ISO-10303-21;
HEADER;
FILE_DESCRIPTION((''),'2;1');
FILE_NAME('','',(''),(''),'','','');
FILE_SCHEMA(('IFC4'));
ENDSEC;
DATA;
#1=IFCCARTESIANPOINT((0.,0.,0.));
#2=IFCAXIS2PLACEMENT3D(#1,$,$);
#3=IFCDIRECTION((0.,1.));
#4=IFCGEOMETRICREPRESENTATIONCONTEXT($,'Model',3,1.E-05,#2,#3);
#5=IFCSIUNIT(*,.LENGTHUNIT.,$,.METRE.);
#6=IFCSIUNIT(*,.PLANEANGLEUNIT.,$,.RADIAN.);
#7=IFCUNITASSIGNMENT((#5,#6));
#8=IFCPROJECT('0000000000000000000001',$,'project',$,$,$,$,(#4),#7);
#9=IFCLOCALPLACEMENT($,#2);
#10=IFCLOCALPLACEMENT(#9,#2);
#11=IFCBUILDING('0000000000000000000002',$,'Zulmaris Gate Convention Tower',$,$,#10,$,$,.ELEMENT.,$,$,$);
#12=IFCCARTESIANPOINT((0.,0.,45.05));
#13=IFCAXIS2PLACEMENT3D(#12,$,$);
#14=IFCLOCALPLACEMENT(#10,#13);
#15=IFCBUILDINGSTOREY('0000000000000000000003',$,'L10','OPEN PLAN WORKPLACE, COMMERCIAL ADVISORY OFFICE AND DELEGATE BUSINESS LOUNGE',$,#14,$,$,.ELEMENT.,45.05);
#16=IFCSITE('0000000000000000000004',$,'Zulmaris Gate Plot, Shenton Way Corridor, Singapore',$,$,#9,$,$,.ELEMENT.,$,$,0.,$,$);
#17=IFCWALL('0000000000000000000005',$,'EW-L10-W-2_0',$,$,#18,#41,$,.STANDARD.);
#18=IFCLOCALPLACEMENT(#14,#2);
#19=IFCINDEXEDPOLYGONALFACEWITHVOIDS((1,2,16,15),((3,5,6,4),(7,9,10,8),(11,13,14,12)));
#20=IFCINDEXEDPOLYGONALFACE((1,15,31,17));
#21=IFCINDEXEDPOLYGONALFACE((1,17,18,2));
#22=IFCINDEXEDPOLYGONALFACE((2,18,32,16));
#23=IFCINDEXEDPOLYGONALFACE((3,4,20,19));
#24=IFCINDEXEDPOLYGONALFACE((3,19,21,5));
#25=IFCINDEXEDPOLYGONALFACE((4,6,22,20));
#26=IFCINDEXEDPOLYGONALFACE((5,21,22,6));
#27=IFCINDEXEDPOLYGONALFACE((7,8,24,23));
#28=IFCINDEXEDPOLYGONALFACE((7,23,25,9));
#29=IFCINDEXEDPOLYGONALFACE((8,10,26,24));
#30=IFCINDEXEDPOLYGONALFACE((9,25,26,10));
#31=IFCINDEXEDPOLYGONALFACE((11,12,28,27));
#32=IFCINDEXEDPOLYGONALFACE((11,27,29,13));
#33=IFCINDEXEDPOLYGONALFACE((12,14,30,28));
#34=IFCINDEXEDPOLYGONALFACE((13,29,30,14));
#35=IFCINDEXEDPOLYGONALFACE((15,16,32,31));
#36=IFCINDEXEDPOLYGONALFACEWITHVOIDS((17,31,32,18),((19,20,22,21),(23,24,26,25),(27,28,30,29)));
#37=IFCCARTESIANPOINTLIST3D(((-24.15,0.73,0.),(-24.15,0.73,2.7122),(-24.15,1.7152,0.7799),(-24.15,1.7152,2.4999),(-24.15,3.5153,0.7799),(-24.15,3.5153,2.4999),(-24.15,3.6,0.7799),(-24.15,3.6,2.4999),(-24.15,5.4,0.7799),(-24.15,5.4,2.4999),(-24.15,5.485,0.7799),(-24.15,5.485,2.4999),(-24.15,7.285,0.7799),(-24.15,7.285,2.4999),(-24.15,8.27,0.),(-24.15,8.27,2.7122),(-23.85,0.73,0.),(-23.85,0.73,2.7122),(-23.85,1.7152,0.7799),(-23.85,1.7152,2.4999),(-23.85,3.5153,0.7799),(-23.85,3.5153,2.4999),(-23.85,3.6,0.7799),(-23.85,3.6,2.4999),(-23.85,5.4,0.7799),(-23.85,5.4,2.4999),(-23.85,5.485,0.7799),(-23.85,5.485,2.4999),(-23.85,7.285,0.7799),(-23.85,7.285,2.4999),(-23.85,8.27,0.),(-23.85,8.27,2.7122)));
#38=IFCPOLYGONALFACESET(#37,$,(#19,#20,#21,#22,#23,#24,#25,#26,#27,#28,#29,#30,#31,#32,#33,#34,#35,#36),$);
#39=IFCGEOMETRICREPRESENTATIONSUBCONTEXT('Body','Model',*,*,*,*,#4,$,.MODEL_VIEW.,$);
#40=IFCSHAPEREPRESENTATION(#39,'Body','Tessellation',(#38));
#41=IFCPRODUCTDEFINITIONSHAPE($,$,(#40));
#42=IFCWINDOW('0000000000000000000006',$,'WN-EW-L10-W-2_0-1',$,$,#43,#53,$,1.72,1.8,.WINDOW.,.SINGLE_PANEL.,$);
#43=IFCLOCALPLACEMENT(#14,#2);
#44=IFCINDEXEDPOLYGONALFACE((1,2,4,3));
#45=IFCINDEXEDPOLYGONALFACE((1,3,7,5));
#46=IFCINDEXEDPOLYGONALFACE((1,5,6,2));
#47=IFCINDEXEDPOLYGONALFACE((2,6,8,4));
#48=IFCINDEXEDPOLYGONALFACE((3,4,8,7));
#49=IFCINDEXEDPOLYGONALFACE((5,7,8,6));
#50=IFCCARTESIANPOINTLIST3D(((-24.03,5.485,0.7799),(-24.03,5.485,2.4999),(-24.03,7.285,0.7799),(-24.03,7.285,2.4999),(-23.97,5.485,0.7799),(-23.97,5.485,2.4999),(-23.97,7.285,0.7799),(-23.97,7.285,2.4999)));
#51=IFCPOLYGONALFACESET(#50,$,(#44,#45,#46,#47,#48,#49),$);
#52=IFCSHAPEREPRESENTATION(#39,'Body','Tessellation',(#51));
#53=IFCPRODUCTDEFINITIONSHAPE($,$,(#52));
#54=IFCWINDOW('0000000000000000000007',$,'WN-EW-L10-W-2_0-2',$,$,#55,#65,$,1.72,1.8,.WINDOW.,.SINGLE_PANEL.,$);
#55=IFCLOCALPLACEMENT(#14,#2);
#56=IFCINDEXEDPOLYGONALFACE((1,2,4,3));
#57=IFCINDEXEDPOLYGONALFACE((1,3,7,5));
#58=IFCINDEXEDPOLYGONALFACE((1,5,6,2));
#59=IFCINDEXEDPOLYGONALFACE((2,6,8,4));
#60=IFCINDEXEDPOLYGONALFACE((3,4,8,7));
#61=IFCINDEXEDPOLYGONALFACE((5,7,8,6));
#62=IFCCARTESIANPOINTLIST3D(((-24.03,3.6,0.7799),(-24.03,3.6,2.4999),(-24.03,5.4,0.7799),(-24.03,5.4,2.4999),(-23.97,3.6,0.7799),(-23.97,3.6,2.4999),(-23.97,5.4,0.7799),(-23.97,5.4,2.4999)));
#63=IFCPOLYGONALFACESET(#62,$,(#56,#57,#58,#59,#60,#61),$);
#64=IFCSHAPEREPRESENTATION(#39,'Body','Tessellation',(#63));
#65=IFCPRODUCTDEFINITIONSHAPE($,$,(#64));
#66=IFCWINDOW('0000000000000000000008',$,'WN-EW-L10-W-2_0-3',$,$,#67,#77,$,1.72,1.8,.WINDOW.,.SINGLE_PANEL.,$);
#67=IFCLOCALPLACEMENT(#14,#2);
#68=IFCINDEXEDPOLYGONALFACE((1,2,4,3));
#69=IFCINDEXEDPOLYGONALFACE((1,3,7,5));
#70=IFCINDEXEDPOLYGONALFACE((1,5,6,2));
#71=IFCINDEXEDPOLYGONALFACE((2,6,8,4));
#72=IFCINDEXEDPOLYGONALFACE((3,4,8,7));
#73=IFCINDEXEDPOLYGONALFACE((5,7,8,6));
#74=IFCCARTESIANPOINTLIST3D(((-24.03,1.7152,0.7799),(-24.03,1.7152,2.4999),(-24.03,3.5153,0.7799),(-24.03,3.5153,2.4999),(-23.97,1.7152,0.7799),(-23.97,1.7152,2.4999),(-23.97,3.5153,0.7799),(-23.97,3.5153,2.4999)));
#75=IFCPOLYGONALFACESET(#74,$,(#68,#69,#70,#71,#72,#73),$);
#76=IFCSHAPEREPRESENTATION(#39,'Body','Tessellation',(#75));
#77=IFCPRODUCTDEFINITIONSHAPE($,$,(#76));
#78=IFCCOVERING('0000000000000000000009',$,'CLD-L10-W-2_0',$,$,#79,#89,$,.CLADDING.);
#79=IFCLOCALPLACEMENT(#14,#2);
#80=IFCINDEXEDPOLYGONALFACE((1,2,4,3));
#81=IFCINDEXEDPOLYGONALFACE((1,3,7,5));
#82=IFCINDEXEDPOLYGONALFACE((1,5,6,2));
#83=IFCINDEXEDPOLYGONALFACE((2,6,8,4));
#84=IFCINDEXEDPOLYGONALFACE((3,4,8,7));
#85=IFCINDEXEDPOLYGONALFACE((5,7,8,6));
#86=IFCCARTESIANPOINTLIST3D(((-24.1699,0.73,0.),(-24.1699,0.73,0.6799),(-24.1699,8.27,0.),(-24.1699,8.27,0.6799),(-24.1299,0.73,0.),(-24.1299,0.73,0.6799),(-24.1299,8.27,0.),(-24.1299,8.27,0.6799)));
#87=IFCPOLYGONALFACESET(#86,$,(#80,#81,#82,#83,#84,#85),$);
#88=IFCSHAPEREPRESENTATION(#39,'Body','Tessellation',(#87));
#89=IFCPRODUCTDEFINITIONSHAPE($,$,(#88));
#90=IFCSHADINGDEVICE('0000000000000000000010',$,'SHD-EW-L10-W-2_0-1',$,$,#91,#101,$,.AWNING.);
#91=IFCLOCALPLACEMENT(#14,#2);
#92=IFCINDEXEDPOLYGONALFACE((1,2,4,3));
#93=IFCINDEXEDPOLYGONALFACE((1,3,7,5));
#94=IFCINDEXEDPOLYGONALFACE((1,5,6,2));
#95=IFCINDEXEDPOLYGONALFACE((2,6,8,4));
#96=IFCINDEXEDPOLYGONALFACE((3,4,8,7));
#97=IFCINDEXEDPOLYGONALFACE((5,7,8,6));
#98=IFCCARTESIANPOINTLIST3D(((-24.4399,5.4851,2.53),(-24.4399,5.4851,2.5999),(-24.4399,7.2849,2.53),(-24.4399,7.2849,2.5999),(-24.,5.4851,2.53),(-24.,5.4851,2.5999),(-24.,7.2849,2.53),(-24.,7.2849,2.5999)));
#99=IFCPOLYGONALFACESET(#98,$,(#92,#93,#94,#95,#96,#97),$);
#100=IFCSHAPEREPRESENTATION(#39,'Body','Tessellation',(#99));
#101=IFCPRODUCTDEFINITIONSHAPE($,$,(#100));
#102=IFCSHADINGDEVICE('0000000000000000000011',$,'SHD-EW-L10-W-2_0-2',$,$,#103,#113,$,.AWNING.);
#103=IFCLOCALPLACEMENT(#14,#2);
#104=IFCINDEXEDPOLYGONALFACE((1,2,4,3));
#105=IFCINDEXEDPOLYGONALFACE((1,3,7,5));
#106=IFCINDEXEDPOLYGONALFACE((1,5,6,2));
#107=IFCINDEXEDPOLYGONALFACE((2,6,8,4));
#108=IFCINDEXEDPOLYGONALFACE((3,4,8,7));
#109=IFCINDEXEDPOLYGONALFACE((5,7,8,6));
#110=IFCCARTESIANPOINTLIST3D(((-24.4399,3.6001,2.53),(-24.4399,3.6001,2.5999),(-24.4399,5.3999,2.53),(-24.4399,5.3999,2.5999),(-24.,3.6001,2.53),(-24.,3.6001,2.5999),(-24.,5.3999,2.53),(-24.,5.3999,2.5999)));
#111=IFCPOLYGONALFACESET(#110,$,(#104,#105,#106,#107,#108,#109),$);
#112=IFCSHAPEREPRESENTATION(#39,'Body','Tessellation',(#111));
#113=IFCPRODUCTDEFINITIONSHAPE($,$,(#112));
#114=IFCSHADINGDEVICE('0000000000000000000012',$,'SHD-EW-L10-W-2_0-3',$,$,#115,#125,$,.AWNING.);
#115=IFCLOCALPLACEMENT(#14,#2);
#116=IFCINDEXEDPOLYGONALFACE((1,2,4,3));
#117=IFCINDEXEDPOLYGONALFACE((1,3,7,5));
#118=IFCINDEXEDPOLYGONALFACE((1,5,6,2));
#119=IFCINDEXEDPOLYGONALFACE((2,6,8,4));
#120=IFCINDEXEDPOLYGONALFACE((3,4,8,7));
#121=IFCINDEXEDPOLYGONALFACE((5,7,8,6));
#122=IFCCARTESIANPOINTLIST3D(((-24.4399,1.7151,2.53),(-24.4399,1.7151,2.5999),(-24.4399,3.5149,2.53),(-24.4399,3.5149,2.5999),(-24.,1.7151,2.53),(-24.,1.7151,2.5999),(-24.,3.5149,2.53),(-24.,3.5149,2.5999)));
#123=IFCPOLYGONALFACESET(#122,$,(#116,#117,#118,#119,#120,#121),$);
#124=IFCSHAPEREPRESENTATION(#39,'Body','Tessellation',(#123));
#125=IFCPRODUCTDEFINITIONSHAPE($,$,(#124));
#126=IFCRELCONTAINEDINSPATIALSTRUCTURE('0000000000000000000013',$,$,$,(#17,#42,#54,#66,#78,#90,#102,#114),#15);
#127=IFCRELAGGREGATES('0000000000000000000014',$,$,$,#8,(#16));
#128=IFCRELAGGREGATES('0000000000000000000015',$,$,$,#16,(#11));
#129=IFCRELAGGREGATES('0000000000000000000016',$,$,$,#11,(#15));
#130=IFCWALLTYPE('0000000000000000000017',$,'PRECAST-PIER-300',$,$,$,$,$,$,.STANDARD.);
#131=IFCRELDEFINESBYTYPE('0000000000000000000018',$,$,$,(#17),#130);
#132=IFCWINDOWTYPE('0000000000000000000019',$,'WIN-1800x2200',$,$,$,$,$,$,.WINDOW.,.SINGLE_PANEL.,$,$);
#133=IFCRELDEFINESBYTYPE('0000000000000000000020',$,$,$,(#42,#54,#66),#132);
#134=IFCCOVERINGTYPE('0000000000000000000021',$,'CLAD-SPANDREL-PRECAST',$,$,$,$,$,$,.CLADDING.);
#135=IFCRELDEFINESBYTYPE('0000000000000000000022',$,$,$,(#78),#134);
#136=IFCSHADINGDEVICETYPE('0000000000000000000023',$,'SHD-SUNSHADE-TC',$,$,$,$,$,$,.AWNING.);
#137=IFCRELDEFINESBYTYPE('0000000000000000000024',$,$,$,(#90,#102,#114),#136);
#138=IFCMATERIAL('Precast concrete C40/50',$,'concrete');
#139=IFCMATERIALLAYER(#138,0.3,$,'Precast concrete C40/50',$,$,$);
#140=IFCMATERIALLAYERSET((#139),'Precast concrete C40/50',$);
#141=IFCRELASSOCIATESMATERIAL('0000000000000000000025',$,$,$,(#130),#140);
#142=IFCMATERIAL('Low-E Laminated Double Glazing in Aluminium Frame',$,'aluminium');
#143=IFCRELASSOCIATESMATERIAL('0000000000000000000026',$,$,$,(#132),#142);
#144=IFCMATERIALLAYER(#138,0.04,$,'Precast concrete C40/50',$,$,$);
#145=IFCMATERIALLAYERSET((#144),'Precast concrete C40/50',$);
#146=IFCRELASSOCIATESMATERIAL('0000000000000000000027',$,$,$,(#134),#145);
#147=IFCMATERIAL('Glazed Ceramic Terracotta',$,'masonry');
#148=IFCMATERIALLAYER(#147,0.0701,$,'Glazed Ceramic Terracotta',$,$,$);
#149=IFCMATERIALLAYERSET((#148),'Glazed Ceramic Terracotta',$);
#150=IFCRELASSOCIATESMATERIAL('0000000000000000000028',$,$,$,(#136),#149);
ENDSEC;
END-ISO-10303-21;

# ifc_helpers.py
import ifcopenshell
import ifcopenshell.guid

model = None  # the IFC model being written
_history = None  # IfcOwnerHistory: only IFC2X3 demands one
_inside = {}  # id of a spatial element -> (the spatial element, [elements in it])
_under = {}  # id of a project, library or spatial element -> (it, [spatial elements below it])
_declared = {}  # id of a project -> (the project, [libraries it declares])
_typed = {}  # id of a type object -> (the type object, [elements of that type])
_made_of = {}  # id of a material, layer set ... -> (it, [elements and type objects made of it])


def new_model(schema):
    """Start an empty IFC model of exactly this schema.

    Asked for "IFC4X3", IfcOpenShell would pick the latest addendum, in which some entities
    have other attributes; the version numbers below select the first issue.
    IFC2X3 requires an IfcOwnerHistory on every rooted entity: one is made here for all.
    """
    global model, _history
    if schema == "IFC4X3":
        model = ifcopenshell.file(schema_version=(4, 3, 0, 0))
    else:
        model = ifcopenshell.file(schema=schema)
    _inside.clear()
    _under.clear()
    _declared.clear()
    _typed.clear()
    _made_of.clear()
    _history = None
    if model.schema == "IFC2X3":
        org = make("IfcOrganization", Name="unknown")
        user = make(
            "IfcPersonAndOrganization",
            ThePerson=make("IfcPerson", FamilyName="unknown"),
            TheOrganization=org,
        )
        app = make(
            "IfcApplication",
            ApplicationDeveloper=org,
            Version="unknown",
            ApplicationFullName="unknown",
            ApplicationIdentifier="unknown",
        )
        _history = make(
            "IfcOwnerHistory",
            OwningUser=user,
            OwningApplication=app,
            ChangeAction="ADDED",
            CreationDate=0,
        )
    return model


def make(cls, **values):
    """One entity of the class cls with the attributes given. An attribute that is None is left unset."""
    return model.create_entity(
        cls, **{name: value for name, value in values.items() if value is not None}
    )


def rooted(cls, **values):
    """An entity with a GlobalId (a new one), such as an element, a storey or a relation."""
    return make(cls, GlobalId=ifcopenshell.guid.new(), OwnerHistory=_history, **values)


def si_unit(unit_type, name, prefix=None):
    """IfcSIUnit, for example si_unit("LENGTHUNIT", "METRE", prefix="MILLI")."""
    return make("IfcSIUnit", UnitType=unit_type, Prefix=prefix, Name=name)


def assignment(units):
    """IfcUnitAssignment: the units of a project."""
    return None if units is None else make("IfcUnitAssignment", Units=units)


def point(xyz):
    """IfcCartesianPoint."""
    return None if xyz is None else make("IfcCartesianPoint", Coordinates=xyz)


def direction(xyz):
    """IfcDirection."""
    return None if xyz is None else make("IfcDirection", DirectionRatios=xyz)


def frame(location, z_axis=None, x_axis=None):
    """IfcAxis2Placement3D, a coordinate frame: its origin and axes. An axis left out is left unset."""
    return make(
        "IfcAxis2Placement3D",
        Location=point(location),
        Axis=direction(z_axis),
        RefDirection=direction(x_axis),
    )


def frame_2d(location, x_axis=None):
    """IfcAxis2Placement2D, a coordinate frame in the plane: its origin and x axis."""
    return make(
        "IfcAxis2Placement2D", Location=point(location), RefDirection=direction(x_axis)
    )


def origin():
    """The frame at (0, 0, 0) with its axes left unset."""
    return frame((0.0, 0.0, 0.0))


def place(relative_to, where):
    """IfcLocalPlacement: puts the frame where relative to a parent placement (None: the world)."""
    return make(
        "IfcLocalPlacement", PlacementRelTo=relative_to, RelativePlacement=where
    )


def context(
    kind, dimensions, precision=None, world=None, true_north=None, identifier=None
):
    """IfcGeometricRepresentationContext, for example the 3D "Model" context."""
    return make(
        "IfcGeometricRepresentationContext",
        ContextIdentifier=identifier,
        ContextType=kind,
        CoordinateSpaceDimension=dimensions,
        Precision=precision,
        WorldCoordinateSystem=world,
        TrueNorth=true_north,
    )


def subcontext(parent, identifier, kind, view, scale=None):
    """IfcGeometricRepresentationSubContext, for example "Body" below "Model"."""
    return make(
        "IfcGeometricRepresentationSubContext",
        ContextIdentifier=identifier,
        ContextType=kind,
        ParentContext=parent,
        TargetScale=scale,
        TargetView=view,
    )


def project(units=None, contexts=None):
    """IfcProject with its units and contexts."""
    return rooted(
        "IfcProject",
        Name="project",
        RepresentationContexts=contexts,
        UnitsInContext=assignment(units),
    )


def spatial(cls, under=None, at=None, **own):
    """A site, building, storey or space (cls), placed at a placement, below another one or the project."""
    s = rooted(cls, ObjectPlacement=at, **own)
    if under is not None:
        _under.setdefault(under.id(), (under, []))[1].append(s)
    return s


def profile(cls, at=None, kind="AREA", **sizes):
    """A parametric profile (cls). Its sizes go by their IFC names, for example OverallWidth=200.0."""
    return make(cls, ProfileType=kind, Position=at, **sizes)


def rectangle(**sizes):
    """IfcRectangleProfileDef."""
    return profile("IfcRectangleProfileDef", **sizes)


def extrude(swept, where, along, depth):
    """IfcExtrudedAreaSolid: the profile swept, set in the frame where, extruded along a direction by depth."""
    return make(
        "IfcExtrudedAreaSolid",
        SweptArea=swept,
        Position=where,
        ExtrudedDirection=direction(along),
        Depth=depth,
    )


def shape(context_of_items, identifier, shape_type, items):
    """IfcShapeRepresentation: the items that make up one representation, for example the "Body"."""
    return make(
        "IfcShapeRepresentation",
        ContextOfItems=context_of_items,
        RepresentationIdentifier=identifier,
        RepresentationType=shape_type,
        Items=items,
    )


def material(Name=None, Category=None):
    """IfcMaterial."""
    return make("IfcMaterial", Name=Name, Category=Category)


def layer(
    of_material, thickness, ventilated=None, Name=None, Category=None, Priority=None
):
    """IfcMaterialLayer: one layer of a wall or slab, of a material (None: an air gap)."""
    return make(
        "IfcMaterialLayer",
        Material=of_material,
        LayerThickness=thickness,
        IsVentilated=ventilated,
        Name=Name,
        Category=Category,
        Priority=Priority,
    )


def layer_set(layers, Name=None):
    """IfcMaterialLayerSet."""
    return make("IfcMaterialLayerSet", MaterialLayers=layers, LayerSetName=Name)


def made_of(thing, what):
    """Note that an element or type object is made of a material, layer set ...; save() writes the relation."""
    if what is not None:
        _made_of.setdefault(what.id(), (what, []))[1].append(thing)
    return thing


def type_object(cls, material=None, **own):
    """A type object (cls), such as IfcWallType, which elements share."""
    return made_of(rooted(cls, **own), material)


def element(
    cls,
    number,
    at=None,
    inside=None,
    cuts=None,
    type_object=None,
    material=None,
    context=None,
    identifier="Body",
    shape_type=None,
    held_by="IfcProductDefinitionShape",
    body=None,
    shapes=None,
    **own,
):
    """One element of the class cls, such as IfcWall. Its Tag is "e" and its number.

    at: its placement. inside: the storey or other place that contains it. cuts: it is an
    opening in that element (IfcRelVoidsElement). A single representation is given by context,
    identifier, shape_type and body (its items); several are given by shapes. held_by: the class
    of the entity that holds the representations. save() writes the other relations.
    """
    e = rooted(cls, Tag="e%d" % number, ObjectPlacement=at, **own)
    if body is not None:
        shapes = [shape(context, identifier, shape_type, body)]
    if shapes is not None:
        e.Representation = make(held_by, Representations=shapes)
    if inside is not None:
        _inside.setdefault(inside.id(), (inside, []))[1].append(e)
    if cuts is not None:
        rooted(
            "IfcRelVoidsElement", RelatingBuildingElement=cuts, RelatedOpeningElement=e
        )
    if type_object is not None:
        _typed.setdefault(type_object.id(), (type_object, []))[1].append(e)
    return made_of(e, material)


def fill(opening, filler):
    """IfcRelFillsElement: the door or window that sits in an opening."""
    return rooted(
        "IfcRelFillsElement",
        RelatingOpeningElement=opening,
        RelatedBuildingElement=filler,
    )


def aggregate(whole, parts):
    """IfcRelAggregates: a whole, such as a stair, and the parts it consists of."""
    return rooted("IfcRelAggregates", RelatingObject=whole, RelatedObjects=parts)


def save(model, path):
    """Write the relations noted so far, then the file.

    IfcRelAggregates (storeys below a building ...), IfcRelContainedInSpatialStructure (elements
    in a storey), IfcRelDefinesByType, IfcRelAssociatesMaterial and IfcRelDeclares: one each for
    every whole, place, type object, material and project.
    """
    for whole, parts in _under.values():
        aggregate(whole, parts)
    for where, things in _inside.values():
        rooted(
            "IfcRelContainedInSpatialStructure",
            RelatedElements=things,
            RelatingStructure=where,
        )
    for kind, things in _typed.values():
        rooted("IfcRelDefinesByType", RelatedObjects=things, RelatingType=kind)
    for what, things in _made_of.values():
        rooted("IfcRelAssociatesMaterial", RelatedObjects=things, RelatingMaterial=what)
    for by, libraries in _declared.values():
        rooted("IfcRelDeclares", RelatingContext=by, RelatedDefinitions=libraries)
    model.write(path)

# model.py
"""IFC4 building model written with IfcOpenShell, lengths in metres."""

from ifc_helpers import new_model, si_unit, direction, frame, frame_2d, origin, place, context, subcontext, project, spatial, rectangle, extrude, material, layer, layer_set, type_object, element, fill, save


model = new_model("IFC4")

# Units and contexts
model_context = context("Model", 3, precision=1e-05, world=origin(), true_north=direction((0.0, 1.0)))
body_context = subcontext(model_context, "Body", "Model", "MODEL_VIEW")
ifc_project = project(units=[si_unit("LENGTHUNIT", "METRE"), si_unit("PLANEANGLEUNIT", "RADIAN")], contexts=[model_context])

# Site, building, storey
site_placement = place(None, origin())
site = spatial("IfcSite", under=ifc_project, at=site_placement, Name="Zulmaris Gate Plot, Shenton Way Corridor, Singapore", CompositionType="ELEMENT", RefElevation=0.0)
building_placement = place(site_placement, origin())
building = spatial("IfcBuilding", under=site, at=building_placement, Name="Zulmaris Gate Convention Tower", CompositionType="ELEMENT")
storey_placement = place(building_placement, frame((0.0, 0.0, 45.05)))
storey = spatial("IfcBuildingStorey", under=building, at=storey_placement, Name="L10", Description="OPEN PLAN WORKPLACE, COMMERCIAL ADVISORY OFFICE AND DELEGATE BUSINESS LOUNGE", CompositionType="ELEMENT", Elevation=45.05)

# Wall, openings, windows
ifc_material_1 = material(Name="Precast concrete C40/50", Category="concrete")
ifc_layer_1 = layer(ifc_material_1, 0.3, Name="Precast concrete C40/50")
ifc_layer_set_1 = layer_set([ifc_layer_1], Name="Precast concrete C40/50")
wall_type_1 = type_object("IfcWallType", Name="PRECAST-PIER-300", PredefinedType="STANDARD", material=ifc_layer_set_1)
wall_1_placement = place(storey_placement, frame((-24.0, 8.27, 0.0), z_axis=(0.0, 0.0, 1.0), x_axis=(0.0, -1.0, 0.0)))
wall_1 = element("IfcWall", 1, at=wall_1_placement, inside=storey, type_object=wall_type_1, Name="EW-L10-W-2_0", PredefinedType="STANDARD", context=body_context, shape_type="SweptSolid", body=[
    extrude(rectangle(XDim=7.54, YDim=0.3, at=frame_2d((3.77, 0.0))), origin(), (0.0, 0.0, 1.0), 2.7122),
])
opening_1_placement = place(wall_1_placement, frame((0.9851, 0.0, 0.78)))
opening_1 = element("IfcOpeningElement", 2, at=opening_1_placement, cuts=wall_1, PredefinedType="OPENING", context=body_context, shape_type="SweptSolid", body=[
    extrude(rectangle(XDim=1.8, YDim=1.72, at=frame_2d((0.8999, 0.8599))), frame((0.0, 0.1602, 0.0), z_axis=(0.0, -1.0, 0.0), x_axis=(1.0, 0.0, 0.0)), (0.0, 0.0, 1.0), 0.3201),
])
opening_2_placement = place(wall_1_placement, frame((2.8701, 0.0, 0.78)))
opening_2 = element("IfcOpeningElement", 3, at=opening_2_placement, cuts=wall_1, PredefinedType="OPENING", context=body_context, shape_type="SweptSolid", body=[
    extrude(rectangle(XDim=1.8, YDim=1.72, at=frame_2d((0.8999, 0.8599))), frame((0.0, 0.1602, 0.0), z_axis=(0.0, -1.0, 0.0), x_axis=(1.0, 0.0, 0.0)), (0.0, 0.0, 1.0), 0.3201),
])
opening_3_placement = place(wall_1_placement, frame((4.7549, 0.0, 0.78)))
opening_3 = element("IfcOpeningElement", 4, at=opening_3_placement, cuts=wall_1, PredefinedType="OPENING", context=body_context, shape_type="SweptSolid", body=[
    extrude(rectangle(XDim=1.8, YDim=1.72, at=frame_2d((0.8999, 0.8599))), frame((0.0, 0.1602, 0.0), z_axis=(0.0, -1.0, 0.0), x_axis=(1.0, 0.0, 0.0)), (0.0, 0.0, 1.0), 0.3201),
])
ifc_material_2 = material(Name="Low-E Laminated Double Glazing in Aluminium Frame", Category="aluminium")
window_type = type_object("IfcWindowType", Name="WIN-1800x2200", PartitioningType="SINGLE_PANEL", PredefinedType="WINDOW", material=ifc_material_2)
window_1_placement = place(opening_1_placement, origin())
window_1 = element("IfcWindow", 5, at=window_1_placement, inside=storey, type_object=window_type, Name="WN-EW-L10-W-2_0-1", OverallHeight=1.72, OverallWidth=1.8, PartitioningType="SINGLE_PANEL", PredefinedType="WINDOW", context=body_context, shape_type="SweptSolid", body=[
    extrude(rectangle(XDim=1.8, YDim=1.72, at=frame_2d((0.8999, 0.8599))), frame((0.0, 0.03, 0.0), z_axis=(0.0, -1.0, 0.0), x_axis=(1.0, 0.0, 0.0)), (0.0, 0.0, 1.0), 0.0601),
])
fill(opening_1, window_1)
window_2_placement = place(opening_2_placement, origin())
window_2 = element("IfcWindow", 6, at=window_2_placement, inside=storey, type_object=window_type, Name="WN-EW-L10-W-2_0-2", OverallHeight=1.72, OverallWidth=1.8, PartitioningType="SINGLE_PANEL", PredefinedType="WINDOW", context=body_context, shape_type="SweptSolid", body=[
    extrude(rectangle(XDim=1.8, YDim=1.72, at=frame_2d((0.8999, 0.8599))), frame((0.0, 0.03, 0.0), z_axis=(0.0, -1.0, 0.0), x_axis=(1.0, 0.0, 0.0)), (0.0, 0.0, 1.0), 0.0601),
])
fill(opening_2, window_2)
window_3_placement = place(opening_3_placement, origin())
window_3 = element("IfcWindow", 7, at=window_3_placement, inside=storey, type_object=window_type, Name="WN-EW-L10-W-2_0-3", OverallHeight=1.72, OverallWidth=1.8, PartitioningType="SINGLE_PANEL", PredefinedType="WINDOW", context=body_context, shape_type="SweptSolid", body=[
    extrude(rectangle(XDim=1.8, YDim=1.72, at=frame_2d((0.8999, 0.8599))), frame((0.0, 0.03, 0.0), z_axis=(0.0, -1.0, 0.0), x_axis=(1.0, 0.0, 0.0)), (0.0, 0.0, 1.0), 0.0601),
])
fill(opening_3, window_3)

# Covering
ifc_layer_2 = layer(ifc_material_1, 0.04, Name="Precast concrete C40/50")
ifc_layer_set_2 = layer_set([ifc_layer_2], Name="Precast concrete C40/50")
covering_type = type_object("IfcCoveringType", Name="CLAD-SPANDREL-PRECAST", PredefinedType="CLADDING", material=ifc_layer_set_2)
covering_placement = place(storey_placement, frame((-24.1499, 8.27, 0.0), z_axis=(0.0, 0.0, 1.0), x_axis=(0.0, -1.0, 0.0)))
element("IfcCovering", 8, at=covering_placement, inside=storey, type_object=covering_type, Name="CLD-L10-W-2_0", PredefinedType="CLADDING", context=body_context, shape_type="SweptSolid", body=[
    extrude(rectangle(XDim=7.54, YDim=0.04, at=frame_2d((3.77, 0.0))), origin(), (0.0, 0.0, 1.0), 0.6799),
])

# Shading devices
ifc_material_3 = material(Name="Glazed Ceramic Terracotta", Category="masonry")
ifc_layer_3 = layer(ifc_material_3, 0.0701, Name="Glazed Ceramic Terracotta")
ifc_layer_set_3 = layer_set([ifc_layer_3], Name="Glazed Ceramic Terracotta")
shading_device_type = type_object("IfcShadingDeviceType", Name="SHD-SUNSHADE-TC", PredefinedType="AWNING", material=ifc_layer_set_3)
for number, where, z_axis, x_axis, name in (
    (9, (-24.22, 7.2849, 2.53), (0.0, 0.0, 1.0), (0.0, -1.0, 0.0), "SHD-EW-L10-W-2_0-1"),
    (10, (-24.22, 5.3999, 2.53), (0.0, 0.0, 1.0), (0.0, -1.0, 0.0), "SHD-EW-L10-W-2_0-2"),
    (11, (-24.22, 3.5149, 2.53), (0.0, 0.0, 1.0), (0.0, -1.0, 0.0), "SHD-EW-L10-W-2_0-3"),
):
    element("IfcShadingDevice", number, at=place(storey_placement, frame(where, z_axis=z_axis, x_axis=x_axis)), inside=storey, type_object=shading_device_type, Name=name, PredefinedType="AWNING", context=body_context, shape_type="SweptSolid", body=[
        extrude(rectangle(XDim=1.7998, YDim=0.4399, at=frame_2d((0.8999, 0.0))), origin(), (0.0, 0.0, 1.0), 0.0698),
    ])

save(model, "model.ifc")
